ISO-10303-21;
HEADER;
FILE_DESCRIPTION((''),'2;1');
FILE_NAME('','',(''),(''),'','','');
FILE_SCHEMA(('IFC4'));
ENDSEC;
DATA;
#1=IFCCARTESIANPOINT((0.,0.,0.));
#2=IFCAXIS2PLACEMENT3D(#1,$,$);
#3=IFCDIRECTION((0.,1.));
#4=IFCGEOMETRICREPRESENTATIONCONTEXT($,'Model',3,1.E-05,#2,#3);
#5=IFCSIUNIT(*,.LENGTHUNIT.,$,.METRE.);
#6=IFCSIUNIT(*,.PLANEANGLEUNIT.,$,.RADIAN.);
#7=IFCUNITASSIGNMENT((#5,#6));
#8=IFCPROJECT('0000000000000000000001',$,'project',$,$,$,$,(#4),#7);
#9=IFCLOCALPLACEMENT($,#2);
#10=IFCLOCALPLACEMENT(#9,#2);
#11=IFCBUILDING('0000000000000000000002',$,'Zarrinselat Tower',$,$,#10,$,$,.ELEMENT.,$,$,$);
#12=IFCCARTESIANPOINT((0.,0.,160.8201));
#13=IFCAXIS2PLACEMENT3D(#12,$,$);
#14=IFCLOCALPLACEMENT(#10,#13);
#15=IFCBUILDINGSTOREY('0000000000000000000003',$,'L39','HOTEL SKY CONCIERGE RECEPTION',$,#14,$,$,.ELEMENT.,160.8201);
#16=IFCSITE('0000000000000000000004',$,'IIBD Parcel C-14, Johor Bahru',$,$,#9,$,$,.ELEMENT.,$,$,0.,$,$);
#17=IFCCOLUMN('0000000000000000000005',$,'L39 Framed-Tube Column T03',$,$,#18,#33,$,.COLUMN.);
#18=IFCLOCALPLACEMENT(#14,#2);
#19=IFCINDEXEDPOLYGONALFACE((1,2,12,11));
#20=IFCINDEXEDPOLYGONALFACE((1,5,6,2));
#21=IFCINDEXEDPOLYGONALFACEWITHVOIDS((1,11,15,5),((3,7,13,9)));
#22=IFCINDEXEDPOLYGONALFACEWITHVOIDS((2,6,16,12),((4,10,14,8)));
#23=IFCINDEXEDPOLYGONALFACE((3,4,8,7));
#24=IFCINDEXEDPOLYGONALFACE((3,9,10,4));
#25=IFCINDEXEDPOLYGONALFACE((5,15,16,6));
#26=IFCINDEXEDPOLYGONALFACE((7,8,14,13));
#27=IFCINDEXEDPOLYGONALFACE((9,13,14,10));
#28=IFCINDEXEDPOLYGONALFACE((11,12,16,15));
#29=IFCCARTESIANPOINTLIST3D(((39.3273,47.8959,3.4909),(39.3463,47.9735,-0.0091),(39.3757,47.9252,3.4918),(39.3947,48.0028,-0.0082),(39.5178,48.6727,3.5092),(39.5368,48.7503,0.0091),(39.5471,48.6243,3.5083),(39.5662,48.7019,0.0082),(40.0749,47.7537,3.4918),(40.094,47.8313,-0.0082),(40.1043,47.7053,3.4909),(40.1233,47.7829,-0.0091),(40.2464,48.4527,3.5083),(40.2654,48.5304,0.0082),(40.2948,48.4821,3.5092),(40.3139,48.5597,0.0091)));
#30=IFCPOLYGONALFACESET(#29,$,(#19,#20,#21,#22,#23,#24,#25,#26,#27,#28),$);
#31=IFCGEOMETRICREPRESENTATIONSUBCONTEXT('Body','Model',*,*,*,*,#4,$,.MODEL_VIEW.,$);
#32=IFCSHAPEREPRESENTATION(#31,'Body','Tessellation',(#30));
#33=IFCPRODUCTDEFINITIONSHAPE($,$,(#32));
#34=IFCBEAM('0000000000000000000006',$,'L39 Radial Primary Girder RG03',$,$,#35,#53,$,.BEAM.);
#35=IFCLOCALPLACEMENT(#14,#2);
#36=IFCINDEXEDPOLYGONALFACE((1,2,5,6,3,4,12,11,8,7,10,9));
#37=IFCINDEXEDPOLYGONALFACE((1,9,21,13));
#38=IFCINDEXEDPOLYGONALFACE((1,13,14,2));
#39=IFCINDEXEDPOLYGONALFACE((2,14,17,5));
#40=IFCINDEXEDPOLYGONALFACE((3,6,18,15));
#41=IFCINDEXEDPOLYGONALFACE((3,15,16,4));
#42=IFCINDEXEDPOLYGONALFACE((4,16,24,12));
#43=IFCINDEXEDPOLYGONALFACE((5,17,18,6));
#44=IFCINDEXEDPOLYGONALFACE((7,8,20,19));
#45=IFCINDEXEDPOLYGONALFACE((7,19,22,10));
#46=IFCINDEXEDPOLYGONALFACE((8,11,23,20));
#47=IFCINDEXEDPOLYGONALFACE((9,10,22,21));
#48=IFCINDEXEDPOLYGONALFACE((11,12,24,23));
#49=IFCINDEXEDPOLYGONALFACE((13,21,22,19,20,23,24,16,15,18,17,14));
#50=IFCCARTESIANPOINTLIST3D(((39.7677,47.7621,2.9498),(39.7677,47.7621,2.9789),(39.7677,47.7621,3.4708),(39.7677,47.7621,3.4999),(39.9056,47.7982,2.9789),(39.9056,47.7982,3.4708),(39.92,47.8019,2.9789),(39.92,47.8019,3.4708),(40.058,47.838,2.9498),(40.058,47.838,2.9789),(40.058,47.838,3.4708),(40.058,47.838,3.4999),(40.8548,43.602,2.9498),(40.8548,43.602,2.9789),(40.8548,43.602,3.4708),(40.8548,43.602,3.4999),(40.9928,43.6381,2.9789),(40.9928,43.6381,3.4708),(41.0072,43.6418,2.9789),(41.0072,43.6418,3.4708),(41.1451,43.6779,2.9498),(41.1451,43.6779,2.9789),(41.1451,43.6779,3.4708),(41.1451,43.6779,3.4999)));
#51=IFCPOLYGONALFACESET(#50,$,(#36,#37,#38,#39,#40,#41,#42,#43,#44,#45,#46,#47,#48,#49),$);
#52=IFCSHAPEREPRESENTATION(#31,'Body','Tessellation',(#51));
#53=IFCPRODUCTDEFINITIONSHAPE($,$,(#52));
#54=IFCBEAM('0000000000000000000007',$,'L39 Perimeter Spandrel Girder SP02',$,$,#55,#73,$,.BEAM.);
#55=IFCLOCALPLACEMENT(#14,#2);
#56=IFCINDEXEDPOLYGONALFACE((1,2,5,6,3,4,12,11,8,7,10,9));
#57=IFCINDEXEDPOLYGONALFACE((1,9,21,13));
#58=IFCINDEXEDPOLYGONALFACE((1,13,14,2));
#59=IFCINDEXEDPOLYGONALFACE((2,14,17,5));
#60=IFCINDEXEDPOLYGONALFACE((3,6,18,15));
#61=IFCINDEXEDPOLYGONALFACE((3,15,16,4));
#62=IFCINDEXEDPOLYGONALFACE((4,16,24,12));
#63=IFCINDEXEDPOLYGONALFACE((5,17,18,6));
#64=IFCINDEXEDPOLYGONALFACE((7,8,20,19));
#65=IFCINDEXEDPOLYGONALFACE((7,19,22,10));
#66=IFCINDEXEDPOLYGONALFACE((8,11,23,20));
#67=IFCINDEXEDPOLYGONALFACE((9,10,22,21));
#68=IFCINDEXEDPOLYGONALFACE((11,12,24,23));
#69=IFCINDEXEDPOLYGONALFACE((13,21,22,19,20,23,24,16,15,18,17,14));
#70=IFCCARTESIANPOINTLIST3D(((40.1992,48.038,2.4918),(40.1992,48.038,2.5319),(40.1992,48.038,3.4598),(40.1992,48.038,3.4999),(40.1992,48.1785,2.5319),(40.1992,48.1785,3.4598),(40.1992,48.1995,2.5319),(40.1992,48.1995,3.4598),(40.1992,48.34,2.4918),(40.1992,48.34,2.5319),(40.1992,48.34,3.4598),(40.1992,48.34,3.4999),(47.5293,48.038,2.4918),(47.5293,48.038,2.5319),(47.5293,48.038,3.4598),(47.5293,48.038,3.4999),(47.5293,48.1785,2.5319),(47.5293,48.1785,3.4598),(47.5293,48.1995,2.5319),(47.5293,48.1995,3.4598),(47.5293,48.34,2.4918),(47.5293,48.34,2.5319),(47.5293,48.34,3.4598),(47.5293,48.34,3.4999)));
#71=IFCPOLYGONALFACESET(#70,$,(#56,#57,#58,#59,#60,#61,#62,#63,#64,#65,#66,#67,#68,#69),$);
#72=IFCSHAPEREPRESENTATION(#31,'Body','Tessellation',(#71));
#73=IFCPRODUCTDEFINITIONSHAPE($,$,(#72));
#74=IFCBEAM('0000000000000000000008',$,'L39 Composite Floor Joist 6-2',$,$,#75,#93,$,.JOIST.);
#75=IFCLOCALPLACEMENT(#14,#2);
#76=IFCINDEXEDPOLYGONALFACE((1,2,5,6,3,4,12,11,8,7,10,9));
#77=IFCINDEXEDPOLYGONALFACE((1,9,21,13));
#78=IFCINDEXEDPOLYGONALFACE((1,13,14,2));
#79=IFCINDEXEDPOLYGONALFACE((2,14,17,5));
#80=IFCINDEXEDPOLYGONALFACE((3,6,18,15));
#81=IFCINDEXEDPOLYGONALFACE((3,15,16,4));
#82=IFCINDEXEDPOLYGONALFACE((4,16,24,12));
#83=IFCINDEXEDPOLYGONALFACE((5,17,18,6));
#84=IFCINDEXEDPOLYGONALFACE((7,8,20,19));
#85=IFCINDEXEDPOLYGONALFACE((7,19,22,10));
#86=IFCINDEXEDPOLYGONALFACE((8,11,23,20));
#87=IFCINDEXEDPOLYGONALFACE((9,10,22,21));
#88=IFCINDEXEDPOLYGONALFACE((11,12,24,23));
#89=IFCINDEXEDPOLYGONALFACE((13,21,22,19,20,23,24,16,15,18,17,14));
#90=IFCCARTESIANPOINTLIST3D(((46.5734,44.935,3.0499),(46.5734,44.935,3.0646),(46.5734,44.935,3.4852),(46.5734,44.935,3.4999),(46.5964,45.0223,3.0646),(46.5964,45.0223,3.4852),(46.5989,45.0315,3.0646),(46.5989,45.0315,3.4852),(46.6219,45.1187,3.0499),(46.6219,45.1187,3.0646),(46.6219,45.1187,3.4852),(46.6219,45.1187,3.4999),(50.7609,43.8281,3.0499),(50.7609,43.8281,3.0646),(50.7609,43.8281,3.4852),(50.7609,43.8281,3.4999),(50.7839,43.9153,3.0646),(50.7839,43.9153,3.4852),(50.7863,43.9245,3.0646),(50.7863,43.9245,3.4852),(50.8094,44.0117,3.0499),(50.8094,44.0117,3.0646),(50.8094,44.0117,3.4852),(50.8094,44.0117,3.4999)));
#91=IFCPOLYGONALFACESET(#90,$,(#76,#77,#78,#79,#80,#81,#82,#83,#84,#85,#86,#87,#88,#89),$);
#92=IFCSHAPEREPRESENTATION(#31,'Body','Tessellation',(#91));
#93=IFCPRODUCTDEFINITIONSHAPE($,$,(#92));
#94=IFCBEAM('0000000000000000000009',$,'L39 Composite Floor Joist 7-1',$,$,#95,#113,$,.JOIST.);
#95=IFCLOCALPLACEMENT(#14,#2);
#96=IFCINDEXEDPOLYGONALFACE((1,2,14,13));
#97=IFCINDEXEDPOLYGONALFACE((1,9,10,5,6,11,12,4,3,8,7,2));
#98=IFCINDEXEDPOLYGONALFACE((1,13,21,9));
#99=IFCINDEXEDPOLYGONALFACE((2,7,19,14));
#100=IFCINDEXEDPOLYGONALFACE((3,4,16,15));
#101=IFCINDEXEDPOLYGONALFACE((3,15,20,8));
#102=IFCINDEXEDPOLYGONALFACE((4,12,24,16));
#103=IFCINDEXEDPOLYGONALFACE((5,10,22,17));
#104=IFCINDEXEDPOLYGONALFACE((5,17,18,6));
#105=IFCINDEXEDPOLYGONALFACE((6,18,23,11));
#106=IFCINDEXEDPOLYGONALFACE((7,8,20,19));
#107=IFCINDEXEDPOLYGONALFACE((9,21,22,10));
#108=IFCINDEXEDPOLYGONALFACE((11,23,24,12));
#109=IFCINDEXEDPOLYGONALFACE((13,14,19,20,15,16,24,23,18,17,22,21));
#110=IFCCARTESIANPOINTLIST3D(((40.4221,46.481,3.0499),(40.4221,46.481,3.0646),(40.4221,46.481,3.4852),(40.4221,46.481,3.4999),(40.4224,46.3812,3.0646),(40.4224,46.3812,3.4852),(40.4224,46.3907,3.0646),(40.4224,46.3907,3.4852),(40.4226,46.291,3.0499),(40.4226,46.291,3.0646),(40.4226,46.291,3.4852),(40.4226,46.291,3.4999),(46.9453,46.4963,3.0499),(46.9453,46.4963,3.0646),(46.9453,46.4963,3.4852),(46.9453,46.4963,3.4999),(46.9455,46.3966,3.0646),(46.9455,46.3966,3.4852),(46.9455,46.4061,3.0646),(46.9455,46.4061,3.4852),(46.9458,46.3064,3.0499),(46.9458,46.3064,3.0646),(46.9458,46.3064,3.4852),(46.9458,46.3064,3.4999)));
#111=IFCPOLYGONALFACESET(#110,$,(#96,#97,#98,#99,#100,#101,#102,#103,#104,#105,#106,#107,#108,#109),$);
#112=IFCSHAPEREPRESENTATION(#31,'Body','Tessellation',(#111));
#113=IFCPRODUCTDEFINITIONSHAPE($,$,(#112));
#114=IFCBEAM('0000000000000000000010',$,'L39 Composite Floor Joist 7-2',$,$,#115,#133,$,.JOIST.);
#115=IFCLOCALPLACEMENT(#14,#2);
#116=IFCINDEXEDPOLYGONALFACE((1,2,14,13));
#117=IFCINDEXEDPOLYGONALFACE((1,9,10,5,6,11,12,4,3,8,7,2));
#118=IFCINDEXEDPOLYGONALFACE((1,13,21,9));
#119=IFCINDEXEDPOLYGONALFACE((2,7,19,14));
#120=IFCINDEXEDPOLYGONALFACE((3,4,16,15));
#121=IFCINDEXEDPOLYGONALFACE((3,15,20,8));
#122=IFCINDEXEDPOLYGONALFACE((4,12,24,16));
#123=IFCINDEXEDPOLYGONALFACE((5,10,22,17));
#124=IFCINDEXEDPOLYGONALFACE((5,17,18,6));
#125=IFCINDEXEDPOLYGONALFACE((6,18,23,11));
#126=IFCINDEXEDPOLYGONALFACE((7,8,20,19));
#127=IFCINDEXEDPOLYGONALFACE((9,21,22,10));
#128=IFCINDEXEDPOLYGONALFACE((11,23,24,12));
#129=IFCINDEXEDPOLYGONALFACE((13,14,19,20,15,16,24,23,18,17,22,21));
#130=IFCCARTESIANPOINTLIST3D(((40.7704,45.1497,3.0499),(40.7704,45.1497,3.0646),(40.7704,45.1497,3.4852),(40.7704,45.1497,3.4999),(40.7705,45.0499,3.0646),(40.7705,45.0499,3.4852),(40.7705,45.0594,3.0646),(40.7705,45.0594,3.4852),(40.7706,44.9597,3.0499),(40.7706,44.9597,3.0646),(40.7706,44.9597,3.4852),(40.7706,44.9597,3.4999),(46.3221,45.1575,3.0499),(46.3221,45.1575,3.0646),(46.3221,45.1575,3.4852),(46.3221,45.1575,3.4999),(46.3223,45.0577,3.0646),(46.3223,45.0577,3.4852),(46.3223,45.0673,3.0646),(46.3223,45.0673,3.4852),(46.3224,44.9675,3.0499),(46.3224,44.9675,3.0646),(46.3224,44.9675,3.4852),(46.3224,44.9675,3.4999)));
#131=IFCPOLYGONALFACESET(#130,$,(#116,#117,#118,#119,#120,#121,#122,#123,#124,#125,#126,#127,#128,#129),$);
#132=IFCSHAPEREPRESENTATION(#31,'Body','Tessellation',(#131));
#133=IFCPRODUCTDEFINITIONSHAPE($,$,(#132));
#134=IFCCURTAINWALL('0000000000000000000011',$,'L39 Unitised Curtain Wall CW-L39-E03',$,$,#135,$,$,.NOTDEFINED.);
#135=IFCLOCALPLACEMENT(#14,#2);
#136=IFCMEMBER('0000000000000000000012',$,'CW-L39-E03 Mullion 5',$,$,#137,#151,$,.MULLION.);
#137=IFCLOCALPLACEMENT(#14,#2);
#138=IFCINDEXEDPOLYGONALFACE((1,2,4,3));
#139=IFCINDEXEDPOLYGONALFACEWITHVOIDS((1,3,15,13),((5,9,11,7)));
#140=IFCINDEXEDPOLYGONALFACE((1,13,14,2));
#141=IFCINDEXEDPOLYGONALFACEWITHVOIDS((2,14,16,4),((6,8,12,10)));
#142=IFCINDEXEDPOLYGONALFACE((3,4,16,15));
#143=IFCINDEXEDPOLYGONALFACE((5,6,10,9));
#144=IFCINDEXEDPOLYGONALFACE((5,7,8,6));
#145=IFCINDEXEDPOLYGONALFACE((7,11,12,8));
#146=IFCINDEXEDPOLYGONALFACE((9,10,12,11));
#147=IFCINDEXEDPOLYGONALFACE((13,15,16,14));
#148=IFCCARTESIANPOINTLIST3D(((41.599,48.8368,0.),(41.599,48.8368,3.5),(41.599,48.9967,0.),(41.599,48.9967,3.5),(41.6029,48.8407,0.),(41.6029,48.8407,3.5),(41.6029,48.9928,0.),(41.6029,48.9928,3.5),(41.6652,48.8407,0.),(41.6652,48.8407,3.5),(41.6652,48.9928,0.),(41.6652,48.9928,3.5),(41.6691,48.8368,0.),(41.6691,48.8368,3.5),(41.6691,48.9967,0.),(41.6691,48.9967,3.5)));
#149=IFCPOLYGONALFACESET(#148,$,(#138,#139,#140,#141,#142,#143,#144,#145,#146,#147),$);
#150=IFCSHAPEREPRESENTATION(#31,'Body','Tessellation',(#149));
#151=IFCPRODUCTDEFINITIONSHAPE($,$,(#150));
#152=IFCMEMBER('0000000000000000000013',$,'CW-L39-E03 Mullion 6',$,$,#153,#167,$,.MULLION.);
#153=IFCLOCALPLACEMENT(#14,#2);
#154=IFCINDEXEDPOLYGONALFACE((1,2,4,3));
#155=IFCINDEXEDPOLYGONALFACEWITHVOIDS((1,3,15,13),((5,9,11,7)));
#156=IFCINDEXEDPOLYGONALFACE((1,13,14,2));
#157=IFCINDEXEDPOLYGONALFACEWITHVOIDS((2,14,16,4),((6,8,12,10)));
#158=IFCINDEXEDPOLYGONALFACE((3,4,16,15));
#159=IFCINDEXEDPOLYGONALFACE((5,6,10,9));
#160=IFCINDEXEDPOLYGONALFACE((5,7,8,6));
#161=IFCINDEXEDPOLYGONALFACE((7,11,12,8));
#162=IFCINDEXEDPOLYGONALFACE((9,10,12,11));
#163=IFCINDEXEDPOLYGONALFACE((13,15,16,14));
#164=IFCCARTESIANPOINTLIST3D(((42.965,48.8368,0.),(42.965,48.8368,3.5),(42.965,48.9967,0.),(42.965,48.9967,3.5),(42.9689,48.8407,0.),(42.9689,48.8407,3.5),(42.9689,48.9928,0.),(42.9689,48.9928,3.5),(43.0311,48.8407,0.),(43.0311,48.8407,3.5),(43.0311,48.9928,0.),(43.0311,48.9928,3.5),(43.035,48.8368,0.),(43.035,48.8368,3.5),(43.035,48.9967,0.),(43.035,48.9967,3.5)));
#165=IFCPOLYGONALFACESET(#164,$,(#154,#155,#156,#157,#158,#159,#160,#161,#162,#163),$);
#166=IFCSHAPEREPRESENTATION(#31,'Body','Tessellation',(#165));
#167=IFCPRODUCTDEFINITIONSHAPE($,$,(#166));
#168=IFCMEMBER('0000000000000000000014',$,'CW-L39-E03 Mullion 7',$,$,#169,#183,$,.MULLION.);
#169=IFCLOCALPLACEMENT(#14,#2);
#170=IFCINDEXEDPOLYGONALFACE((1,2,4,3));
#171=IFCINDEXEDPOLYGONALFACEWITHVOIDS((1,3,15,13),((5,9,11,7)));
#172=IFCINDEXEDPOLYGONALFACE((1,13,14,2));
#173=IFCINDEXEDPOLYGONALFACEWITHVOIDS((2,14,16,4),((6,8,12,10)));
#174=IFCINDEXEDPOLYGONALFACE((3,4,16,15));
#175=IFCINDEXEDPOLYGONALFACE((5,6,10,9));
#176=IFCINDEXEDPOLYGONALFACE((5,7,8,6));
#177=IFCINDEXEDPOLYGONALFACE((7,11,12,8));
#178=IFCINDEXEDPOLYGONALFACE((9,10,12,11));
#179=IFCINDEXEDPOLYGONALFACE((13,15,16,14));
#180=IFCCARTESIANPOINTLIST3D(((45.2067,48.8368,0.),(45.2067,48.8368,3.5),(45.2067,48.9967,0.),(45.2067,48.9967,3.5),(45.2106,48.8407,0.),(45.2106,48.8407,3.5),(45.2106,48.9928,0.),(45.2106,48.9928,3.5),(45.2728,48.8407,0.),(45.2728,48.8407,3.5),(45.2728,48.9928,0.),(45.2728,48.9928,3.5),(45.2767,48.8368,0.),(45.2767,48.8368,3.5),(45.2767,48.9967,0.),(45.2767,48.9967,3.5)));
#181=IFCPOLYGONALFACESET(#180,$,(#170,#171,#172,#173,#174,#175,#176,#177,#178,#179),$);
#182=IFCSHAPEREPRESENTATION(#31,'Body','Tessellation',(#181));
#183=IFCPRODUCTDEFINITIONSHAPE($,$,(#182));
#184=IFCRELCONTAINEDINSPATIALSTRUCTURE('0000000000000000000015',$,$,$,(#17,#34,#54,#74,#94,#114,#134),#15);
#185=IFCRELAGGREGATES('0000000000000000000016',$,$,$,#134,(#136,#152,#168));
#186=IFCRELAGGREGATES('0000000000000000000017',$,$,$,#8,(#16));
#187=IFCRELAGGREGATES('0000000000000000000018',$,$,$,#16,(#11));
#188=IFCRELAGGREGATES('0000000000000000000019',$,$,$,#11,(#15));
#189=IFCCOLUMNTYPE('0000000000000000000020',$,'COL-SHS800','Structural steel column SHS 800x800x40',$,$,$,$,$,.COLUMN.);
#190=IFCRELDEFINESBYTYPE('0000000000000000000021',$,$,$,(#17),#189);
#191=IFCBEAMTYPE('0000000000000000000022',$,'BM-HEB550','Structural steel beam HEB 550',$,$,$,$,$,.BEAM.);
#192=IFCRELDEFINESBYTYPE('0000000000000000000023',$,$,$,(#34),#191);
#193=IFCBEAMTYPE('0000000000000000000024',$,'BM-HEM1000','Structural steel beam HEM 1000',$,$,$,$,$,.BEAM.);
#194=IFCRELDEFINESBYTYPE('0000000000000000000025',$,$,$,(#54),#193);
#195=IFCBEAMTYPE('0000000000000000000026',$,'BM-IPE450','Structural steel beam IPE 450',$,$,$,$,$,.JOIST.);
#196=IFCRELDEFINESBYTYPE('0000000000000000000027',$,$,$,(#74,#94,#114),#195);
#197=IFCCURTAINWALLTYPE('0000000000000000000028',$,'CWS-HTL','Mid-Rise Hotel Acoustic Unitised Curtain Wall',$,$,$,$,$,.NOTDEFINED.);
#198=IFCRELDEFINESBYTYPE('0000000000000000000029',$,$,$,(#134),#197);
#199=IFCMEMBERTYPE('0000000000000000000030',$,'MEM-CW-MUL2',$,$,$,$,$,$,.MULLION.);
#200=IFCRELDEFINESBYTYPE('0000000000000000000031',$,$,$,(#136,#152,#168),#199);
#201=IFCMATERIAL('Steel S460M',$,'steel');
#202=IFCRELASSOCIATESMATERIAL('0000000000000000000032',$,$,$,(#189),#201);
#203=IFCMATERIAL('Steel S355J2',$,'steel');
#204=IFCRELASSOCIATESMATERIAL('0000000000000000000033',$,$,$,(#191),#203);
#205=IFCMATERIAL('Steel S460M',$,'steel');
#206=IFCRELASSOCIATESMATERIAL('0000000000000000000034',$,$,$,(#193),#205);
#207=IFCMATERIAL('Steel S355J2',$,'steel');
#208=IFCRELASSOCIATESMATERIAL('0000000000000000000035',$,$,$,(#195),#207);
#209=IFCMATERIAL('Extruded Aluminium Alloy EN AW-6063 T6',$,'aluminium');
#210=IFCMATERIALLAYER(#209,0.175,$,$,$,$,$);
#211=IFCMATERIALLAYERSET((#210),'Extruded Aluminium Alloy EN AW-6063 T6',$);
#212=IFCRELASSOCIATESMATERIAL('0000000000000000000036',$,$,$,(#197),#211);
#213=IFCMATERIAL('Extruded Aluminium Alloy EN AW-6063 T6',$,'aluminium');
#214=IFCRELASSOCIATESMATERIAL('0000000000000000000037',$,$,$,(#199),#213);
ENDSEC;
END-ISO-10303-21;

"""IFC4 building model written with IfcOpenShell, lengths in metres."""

from ifc_helpers import new_model, si_unit, direction, frame, origin, origin_2d, place, context, subcontext, project, spatial, hollow_rectangle, i_section, extrude, material, layer, layer_set, material_profile, profile_set, type_object, element, aggregate, save


model = new_model("IFC4")

# Units and contexts
model_context = context("Model", 3, precision=1e-05, world=origin(), true_north=direction((0.0, 1.0)))
body_context = subcontext(model_context, "Body", "Model", "MODEL_VIEW")
ifc_project = project(units=[si_unit("LENGTHUNIT", "METRE"), si_unit("PLANEANGLEUNIT", "RADIAN")], contexts=[model_context])

# Site, building, storey
site_placement = place(None, origin())
site = spatial("IfcSite", under=ifc_project, at=site_placement, Name="IIBD Parcel C-14, Johor Bahru", CompositionType="ELEMENT", RefElevation=0.0)
building_placement = place(site_placement, origin())
building = spatial("IfcBuilding", under=site, at=building_placement, Name="Zarrinselat Tower", CompositionType="ELEMENT")
storey_placement = place(building_placement, frame((0.0, 0.0, 160.8201)))
storey = spatial("IfcBuildingStorey", under=building, at=storey_placement, Name="L39", Description="HOTEL SKY CONCIERGE RECEPTION", CompositionType="ELEMENT", Elevation=160.8201)

# Column
ifc_material_1 = material(Name="Steel S460M", Category="steel")
ifc_material_profile_1 = material_profile(ifc_material_1, hollow_rectangle(XDim=0.8, YDim=0.8, WallThickness=0.04, at=origin_2d()), Name="SHS 800x800x40")
ifc_profile_set_1 = profile_set([ifc_material_profile_1], Name="Steel S460M")
column_type = type_object("IfcColumnType", Name="COL-SHS800", Description="Structural steel column SHS 800x800x40", PredefinedType="COLUMN", material=ifc_profile_set_1)
column_placement = place(storey_placement, frame((39.8301, 48.2666, 0.0), z_axis=(-0.005439, -0.022176, 0.999739), x_axis=(0.971211, -0.238222, 0.0)))
element("IfcColumn", 1, at=column_placement, inside=storey, type_object=column_type, Name="L39 Framed-Tube Column T03", PredefinedType="COLUMN", context=body_context, shape_type="SweptSolid", body=[
    extrude(hollow_rectangle(XDim=0.8, YDim=0.8, WallThickness=0.04, at=origin_2d()), origin(), (0.0, 0.0, 1.0), 3.501),
])

# Beams
ifc_material_2 = material(Name="Steel S355J2", Category="steel")
ifc_material_profile_2 = material_profile(ifc_material_2, i_section(OverallWidth=0.3, OverallDepth=0.55, WebThickness=0.0149, FlangeThickness=0.0291, at=origin_2d()), Name="HEB 550")
ifc_profile_set_2 = profile_set([ifc_material_profile_2], Name="Steel S355J2")
beam_type_1 = type_object("IfcBeamType", Name="BM-HEB550", Description="Structural steel beam HEB 550", PredefinedType="BEAM", material=ifc_profile_set_2)
beam_1_placement = place(storey_placement, frame((39.9128, 47.8, 3.2249), z_axis=(0.252836, -0.967509, 0.0), x_axis=(0.967509, 0.252836, 0.0)))
element("IfcBeam", 2, at=beam_1_placement, inside=storey, type_object=beam_type_1, Name="L39 Radial Primary Girder RG03", PredefinedType="BEAM", context=body_context, shape_type="SweptSolid", body=[
    extrude(i_section(OverallWidth=0.3, OverallDepth=0.55, WebThickness=0.0149, FlangeThickness=0.0291, at=origin_2d()), origin(), (0.0, 0.0, 1.0), 4.2998),
])
ifc_material_3 = material(Name="Steel S460M", Category="steel")
ifc_material_profile_3 = material_profile(ifc_material_3, i_section(OverallWidth=0.302, OverallDepth=1.0081, WebThickness=0.021, FlangeThickness=0.04, at=origin_2d()), Name="HEM 1000")
ifc_profile_set_3 = profile_set([ifc_material_profile_3], Name="Steel S460M")
beam_type_2 = type_object("IfcBeamType", Name="BM-HEM1000", Description="Structural steel beam HEM 1000", PredefinedType="BEAM", material=ifc_profile_set_3)
beam_2_placement = place(storey_placement, frame((40.1992, 48.189, 2.9958), z_axis=(1.0, 0.0, 0.0), x_axis=(0.0, 1.0, 0.0)))
element("IfcBeam", 3, at=beam_2_placement, inside=storey, type_object=beam_type_2, Name="L39 Perimeter Spandrel Girder SP02", PredefinedType="BEAM", context=body_context, shape_type="SweptSolid", body=[
    extrude(i_section(OverallWidth=0.302, OverallDepth=1.0081, WebThickness=0.021, FlangeThickness=0.04, at=origin_2d()), origin(), (0.0, 0.0, 1.0), 7.3301),
])
ifc_material_4 = material(Name="Steel S355J2", Category="steel")
ifc_material_profile_4 = material_profile(ifc_material_4, i_section(OverallWidth=0.1899, OverallDepth=0.45, WebThickness=0.0095, FlangeThickness=0.0146, at=origin_2d()), Name="IPE 450")
ifc_profile_set_4 = profile_set([ifc_material_profile_4], Name="Steel S355J2")
beam_type_3 = type_object("IfcBeamType", Name="BM-IPE450", Description="Structural steel beam IPE 450", PredefinedType="JOIST", material=ifc_profile_set_4)
beam_3_placement = place(storey_placement, frame((46.5977, 45.0269, 3.2749), z_axis=(0.966792, -0.255564, 0.0), x_axis=(0.255564, 0.966792, 0.0)))
element("IfcBeam", 4, at=beam_3_placement, inside=storey, type_object=beam_type_3, Name="L39 Composite Floor Joist 6-2", PredefinedType="JOIST", context=body_context, shape_type="SweptSolid", body=[
    extrude(i_section(OverallWidth=0.1899, OverallDepth=0.45, WebThickness=0.0095, FlangeThickness=0.0146, at=origin_2d()), origin(), (0.0, 0.0, 1.0), 4.3313),
])
beam_4_placement = place(storey_placement, frame((40.4224, 46.386, 3.2749), z_axis=(0.999997, 0.002358, 0.0), x_axis=(-0.002358, 0.999997, 0.0)))
element("IfcBeam", 5, at=beam_4_placement, inside=storey, type_object=beam_type_3, Name="L39 Composite Floor Joist 7-1", PredefinedType="JOIST", context=body_context, shape_type="SweptSolid", body=[
    extrude(i_section(OverallWidth=0.1899, OverallDepth=0.45, WebThickness=0.0095, FlangeThickness=0.0146, at=origin_2d()), origin(), (0.0, 0.0, 1.0), 6.5232),
])
beam_5_placement = place(storey_placement, frame((40.7705, 45.0547, 3.2749), z_axis=(0.999999, 0.001407, 0.0), x_axis=(-0.001407, 0.999999, 0.0)))
element("IfcBeam", 6, at=beam_5_placement, inside=storey, type_object=beam_type_3, Name="L39 Composite Floor Joist 7-2", PredefinedType="JOIST", context=body_context, shape_type="SweptSolid", body=[
    extrude(i_section(OverallWidth=0.1899, OverallDepth=0.45, WebThickness=0.0095, FlangeThickness=0.0146, at=origin_2d()), origin(), (0.0, 0.0, 1.0), 5.5518),
])

# Curtain wall, members
ifc_material_5 = material(Name="Extruded Aluminium Alloy EN AW-6063 T6", Category="aluminium")
ifc_layer_1 = layer(ifc_material_5, 0.175)
ifc_layer_set_1 = layer_set([ifc_layer_1], Name="Extruded Aluminium Alloy EN AW-6063 T6")
curtain_wall_type = type_object("IfcCurtainWallType", Name="CWS-HTL", Description="Mid-Rise Hotel Acoustic Unitised Curtain Wall", PredefinedType="NOTDEFINED", material=ifc_layer_set_1)
curtain_wall_placement = place(storey_placement, origin())
curtain_wall = element("IfcCurtainWall", 7, at=curtain_wall_placement, inside=storey, type_object=curtain_wall_type, Name="L39 Unitised Curtain Wall CW-L39-E03", PredefinedType="NOTDEFINED")
ifc_material_6 = material(Name="Extruded Aluminium Alloy EN AW-6063 T6", Category="aluminium")
ifc_material_profile_5 = material_profile(ifc_material_6, hollow_rectangle(XDim=0.0701, YDim=0.1599, WallThickness=0.0039, at=origin_2d()), Name="RHS 160x70x4")
ifc_profile_set_5 = profile_set([ifc_material_profile_5], Name="Extruded Aluminium Alloy EN AW-6063 T6")
member_type_1 = type_object("IfcMemberType", Name="MEM-CW-MUL2", PredefinedType="MULLION", material=ifc_profile_set_5)
member_1_placement = place(storey_placement, frame((41.634, 48.9167, 0.0), z_axis=(0.0, 0.0, 1.0), x_axis=(1.0, 0.0, 0.0)))
member_1 = element("IfcMember", 8, at=member_1_placement, type_object=member_type_1, Name="CW-L39-E03 Mullion 5", PredefinedType="MULLION", context=body_context, shape_type="SweptSolid", body=[
    extrude(hollow_rectangle(XDim=0.0701, YDim=0.1599, WallThickness=0.0039, at=origin_2d()), origin(), (0.0, 0.0, 1.0), 3.5),
])
member_2_placement = place(storey_placement, frame((43.0, 48.9167, 0.0), z_axis=(0.0, 0.0, 1.0), x_axis=(1.0, 0.0, 0.0)))
member_2 = element("IfcMember", 9, at=member_2_placement, type_object=member_type_1, Name="CW-L39-E03 Mullion 6", PredefinedType="MULLION", context=body_context, shape_type="SweptSolid", body=[
    extrude(hollow_rectangle(XDim=0.0701, YDim=0.1599, WallThickness=0.0039, at=origin_2d()), origin(), (0.0, 0.0, 1.0), 3.5),
])
member_3_placement = place(storey_placement, frame((45.2417, 48.9167, 0.0), z_axis=(0.0, 0.0, 1.0), x_axis=(1.0, 0.0, 0.0)))
member_3 = element("IfcMember", 10, at=member_3_placement, type_object=member_type_1, Name="CW-L39-E03 Mullion 7", PredefinedType="MULLION", context=body_context, shape_type="SweptSolid", body=[
    extrude(hollow_rectangle(XDim=0.0701, YDim=0.1599, WallThickness=0.0039, at=origin_2d()), origin(), (0.0, 0.0, 1.0), 3.5),
])
aggregate(curtain_wall, [member_1, member_2, member_3])

save(model, "model.ifc")
